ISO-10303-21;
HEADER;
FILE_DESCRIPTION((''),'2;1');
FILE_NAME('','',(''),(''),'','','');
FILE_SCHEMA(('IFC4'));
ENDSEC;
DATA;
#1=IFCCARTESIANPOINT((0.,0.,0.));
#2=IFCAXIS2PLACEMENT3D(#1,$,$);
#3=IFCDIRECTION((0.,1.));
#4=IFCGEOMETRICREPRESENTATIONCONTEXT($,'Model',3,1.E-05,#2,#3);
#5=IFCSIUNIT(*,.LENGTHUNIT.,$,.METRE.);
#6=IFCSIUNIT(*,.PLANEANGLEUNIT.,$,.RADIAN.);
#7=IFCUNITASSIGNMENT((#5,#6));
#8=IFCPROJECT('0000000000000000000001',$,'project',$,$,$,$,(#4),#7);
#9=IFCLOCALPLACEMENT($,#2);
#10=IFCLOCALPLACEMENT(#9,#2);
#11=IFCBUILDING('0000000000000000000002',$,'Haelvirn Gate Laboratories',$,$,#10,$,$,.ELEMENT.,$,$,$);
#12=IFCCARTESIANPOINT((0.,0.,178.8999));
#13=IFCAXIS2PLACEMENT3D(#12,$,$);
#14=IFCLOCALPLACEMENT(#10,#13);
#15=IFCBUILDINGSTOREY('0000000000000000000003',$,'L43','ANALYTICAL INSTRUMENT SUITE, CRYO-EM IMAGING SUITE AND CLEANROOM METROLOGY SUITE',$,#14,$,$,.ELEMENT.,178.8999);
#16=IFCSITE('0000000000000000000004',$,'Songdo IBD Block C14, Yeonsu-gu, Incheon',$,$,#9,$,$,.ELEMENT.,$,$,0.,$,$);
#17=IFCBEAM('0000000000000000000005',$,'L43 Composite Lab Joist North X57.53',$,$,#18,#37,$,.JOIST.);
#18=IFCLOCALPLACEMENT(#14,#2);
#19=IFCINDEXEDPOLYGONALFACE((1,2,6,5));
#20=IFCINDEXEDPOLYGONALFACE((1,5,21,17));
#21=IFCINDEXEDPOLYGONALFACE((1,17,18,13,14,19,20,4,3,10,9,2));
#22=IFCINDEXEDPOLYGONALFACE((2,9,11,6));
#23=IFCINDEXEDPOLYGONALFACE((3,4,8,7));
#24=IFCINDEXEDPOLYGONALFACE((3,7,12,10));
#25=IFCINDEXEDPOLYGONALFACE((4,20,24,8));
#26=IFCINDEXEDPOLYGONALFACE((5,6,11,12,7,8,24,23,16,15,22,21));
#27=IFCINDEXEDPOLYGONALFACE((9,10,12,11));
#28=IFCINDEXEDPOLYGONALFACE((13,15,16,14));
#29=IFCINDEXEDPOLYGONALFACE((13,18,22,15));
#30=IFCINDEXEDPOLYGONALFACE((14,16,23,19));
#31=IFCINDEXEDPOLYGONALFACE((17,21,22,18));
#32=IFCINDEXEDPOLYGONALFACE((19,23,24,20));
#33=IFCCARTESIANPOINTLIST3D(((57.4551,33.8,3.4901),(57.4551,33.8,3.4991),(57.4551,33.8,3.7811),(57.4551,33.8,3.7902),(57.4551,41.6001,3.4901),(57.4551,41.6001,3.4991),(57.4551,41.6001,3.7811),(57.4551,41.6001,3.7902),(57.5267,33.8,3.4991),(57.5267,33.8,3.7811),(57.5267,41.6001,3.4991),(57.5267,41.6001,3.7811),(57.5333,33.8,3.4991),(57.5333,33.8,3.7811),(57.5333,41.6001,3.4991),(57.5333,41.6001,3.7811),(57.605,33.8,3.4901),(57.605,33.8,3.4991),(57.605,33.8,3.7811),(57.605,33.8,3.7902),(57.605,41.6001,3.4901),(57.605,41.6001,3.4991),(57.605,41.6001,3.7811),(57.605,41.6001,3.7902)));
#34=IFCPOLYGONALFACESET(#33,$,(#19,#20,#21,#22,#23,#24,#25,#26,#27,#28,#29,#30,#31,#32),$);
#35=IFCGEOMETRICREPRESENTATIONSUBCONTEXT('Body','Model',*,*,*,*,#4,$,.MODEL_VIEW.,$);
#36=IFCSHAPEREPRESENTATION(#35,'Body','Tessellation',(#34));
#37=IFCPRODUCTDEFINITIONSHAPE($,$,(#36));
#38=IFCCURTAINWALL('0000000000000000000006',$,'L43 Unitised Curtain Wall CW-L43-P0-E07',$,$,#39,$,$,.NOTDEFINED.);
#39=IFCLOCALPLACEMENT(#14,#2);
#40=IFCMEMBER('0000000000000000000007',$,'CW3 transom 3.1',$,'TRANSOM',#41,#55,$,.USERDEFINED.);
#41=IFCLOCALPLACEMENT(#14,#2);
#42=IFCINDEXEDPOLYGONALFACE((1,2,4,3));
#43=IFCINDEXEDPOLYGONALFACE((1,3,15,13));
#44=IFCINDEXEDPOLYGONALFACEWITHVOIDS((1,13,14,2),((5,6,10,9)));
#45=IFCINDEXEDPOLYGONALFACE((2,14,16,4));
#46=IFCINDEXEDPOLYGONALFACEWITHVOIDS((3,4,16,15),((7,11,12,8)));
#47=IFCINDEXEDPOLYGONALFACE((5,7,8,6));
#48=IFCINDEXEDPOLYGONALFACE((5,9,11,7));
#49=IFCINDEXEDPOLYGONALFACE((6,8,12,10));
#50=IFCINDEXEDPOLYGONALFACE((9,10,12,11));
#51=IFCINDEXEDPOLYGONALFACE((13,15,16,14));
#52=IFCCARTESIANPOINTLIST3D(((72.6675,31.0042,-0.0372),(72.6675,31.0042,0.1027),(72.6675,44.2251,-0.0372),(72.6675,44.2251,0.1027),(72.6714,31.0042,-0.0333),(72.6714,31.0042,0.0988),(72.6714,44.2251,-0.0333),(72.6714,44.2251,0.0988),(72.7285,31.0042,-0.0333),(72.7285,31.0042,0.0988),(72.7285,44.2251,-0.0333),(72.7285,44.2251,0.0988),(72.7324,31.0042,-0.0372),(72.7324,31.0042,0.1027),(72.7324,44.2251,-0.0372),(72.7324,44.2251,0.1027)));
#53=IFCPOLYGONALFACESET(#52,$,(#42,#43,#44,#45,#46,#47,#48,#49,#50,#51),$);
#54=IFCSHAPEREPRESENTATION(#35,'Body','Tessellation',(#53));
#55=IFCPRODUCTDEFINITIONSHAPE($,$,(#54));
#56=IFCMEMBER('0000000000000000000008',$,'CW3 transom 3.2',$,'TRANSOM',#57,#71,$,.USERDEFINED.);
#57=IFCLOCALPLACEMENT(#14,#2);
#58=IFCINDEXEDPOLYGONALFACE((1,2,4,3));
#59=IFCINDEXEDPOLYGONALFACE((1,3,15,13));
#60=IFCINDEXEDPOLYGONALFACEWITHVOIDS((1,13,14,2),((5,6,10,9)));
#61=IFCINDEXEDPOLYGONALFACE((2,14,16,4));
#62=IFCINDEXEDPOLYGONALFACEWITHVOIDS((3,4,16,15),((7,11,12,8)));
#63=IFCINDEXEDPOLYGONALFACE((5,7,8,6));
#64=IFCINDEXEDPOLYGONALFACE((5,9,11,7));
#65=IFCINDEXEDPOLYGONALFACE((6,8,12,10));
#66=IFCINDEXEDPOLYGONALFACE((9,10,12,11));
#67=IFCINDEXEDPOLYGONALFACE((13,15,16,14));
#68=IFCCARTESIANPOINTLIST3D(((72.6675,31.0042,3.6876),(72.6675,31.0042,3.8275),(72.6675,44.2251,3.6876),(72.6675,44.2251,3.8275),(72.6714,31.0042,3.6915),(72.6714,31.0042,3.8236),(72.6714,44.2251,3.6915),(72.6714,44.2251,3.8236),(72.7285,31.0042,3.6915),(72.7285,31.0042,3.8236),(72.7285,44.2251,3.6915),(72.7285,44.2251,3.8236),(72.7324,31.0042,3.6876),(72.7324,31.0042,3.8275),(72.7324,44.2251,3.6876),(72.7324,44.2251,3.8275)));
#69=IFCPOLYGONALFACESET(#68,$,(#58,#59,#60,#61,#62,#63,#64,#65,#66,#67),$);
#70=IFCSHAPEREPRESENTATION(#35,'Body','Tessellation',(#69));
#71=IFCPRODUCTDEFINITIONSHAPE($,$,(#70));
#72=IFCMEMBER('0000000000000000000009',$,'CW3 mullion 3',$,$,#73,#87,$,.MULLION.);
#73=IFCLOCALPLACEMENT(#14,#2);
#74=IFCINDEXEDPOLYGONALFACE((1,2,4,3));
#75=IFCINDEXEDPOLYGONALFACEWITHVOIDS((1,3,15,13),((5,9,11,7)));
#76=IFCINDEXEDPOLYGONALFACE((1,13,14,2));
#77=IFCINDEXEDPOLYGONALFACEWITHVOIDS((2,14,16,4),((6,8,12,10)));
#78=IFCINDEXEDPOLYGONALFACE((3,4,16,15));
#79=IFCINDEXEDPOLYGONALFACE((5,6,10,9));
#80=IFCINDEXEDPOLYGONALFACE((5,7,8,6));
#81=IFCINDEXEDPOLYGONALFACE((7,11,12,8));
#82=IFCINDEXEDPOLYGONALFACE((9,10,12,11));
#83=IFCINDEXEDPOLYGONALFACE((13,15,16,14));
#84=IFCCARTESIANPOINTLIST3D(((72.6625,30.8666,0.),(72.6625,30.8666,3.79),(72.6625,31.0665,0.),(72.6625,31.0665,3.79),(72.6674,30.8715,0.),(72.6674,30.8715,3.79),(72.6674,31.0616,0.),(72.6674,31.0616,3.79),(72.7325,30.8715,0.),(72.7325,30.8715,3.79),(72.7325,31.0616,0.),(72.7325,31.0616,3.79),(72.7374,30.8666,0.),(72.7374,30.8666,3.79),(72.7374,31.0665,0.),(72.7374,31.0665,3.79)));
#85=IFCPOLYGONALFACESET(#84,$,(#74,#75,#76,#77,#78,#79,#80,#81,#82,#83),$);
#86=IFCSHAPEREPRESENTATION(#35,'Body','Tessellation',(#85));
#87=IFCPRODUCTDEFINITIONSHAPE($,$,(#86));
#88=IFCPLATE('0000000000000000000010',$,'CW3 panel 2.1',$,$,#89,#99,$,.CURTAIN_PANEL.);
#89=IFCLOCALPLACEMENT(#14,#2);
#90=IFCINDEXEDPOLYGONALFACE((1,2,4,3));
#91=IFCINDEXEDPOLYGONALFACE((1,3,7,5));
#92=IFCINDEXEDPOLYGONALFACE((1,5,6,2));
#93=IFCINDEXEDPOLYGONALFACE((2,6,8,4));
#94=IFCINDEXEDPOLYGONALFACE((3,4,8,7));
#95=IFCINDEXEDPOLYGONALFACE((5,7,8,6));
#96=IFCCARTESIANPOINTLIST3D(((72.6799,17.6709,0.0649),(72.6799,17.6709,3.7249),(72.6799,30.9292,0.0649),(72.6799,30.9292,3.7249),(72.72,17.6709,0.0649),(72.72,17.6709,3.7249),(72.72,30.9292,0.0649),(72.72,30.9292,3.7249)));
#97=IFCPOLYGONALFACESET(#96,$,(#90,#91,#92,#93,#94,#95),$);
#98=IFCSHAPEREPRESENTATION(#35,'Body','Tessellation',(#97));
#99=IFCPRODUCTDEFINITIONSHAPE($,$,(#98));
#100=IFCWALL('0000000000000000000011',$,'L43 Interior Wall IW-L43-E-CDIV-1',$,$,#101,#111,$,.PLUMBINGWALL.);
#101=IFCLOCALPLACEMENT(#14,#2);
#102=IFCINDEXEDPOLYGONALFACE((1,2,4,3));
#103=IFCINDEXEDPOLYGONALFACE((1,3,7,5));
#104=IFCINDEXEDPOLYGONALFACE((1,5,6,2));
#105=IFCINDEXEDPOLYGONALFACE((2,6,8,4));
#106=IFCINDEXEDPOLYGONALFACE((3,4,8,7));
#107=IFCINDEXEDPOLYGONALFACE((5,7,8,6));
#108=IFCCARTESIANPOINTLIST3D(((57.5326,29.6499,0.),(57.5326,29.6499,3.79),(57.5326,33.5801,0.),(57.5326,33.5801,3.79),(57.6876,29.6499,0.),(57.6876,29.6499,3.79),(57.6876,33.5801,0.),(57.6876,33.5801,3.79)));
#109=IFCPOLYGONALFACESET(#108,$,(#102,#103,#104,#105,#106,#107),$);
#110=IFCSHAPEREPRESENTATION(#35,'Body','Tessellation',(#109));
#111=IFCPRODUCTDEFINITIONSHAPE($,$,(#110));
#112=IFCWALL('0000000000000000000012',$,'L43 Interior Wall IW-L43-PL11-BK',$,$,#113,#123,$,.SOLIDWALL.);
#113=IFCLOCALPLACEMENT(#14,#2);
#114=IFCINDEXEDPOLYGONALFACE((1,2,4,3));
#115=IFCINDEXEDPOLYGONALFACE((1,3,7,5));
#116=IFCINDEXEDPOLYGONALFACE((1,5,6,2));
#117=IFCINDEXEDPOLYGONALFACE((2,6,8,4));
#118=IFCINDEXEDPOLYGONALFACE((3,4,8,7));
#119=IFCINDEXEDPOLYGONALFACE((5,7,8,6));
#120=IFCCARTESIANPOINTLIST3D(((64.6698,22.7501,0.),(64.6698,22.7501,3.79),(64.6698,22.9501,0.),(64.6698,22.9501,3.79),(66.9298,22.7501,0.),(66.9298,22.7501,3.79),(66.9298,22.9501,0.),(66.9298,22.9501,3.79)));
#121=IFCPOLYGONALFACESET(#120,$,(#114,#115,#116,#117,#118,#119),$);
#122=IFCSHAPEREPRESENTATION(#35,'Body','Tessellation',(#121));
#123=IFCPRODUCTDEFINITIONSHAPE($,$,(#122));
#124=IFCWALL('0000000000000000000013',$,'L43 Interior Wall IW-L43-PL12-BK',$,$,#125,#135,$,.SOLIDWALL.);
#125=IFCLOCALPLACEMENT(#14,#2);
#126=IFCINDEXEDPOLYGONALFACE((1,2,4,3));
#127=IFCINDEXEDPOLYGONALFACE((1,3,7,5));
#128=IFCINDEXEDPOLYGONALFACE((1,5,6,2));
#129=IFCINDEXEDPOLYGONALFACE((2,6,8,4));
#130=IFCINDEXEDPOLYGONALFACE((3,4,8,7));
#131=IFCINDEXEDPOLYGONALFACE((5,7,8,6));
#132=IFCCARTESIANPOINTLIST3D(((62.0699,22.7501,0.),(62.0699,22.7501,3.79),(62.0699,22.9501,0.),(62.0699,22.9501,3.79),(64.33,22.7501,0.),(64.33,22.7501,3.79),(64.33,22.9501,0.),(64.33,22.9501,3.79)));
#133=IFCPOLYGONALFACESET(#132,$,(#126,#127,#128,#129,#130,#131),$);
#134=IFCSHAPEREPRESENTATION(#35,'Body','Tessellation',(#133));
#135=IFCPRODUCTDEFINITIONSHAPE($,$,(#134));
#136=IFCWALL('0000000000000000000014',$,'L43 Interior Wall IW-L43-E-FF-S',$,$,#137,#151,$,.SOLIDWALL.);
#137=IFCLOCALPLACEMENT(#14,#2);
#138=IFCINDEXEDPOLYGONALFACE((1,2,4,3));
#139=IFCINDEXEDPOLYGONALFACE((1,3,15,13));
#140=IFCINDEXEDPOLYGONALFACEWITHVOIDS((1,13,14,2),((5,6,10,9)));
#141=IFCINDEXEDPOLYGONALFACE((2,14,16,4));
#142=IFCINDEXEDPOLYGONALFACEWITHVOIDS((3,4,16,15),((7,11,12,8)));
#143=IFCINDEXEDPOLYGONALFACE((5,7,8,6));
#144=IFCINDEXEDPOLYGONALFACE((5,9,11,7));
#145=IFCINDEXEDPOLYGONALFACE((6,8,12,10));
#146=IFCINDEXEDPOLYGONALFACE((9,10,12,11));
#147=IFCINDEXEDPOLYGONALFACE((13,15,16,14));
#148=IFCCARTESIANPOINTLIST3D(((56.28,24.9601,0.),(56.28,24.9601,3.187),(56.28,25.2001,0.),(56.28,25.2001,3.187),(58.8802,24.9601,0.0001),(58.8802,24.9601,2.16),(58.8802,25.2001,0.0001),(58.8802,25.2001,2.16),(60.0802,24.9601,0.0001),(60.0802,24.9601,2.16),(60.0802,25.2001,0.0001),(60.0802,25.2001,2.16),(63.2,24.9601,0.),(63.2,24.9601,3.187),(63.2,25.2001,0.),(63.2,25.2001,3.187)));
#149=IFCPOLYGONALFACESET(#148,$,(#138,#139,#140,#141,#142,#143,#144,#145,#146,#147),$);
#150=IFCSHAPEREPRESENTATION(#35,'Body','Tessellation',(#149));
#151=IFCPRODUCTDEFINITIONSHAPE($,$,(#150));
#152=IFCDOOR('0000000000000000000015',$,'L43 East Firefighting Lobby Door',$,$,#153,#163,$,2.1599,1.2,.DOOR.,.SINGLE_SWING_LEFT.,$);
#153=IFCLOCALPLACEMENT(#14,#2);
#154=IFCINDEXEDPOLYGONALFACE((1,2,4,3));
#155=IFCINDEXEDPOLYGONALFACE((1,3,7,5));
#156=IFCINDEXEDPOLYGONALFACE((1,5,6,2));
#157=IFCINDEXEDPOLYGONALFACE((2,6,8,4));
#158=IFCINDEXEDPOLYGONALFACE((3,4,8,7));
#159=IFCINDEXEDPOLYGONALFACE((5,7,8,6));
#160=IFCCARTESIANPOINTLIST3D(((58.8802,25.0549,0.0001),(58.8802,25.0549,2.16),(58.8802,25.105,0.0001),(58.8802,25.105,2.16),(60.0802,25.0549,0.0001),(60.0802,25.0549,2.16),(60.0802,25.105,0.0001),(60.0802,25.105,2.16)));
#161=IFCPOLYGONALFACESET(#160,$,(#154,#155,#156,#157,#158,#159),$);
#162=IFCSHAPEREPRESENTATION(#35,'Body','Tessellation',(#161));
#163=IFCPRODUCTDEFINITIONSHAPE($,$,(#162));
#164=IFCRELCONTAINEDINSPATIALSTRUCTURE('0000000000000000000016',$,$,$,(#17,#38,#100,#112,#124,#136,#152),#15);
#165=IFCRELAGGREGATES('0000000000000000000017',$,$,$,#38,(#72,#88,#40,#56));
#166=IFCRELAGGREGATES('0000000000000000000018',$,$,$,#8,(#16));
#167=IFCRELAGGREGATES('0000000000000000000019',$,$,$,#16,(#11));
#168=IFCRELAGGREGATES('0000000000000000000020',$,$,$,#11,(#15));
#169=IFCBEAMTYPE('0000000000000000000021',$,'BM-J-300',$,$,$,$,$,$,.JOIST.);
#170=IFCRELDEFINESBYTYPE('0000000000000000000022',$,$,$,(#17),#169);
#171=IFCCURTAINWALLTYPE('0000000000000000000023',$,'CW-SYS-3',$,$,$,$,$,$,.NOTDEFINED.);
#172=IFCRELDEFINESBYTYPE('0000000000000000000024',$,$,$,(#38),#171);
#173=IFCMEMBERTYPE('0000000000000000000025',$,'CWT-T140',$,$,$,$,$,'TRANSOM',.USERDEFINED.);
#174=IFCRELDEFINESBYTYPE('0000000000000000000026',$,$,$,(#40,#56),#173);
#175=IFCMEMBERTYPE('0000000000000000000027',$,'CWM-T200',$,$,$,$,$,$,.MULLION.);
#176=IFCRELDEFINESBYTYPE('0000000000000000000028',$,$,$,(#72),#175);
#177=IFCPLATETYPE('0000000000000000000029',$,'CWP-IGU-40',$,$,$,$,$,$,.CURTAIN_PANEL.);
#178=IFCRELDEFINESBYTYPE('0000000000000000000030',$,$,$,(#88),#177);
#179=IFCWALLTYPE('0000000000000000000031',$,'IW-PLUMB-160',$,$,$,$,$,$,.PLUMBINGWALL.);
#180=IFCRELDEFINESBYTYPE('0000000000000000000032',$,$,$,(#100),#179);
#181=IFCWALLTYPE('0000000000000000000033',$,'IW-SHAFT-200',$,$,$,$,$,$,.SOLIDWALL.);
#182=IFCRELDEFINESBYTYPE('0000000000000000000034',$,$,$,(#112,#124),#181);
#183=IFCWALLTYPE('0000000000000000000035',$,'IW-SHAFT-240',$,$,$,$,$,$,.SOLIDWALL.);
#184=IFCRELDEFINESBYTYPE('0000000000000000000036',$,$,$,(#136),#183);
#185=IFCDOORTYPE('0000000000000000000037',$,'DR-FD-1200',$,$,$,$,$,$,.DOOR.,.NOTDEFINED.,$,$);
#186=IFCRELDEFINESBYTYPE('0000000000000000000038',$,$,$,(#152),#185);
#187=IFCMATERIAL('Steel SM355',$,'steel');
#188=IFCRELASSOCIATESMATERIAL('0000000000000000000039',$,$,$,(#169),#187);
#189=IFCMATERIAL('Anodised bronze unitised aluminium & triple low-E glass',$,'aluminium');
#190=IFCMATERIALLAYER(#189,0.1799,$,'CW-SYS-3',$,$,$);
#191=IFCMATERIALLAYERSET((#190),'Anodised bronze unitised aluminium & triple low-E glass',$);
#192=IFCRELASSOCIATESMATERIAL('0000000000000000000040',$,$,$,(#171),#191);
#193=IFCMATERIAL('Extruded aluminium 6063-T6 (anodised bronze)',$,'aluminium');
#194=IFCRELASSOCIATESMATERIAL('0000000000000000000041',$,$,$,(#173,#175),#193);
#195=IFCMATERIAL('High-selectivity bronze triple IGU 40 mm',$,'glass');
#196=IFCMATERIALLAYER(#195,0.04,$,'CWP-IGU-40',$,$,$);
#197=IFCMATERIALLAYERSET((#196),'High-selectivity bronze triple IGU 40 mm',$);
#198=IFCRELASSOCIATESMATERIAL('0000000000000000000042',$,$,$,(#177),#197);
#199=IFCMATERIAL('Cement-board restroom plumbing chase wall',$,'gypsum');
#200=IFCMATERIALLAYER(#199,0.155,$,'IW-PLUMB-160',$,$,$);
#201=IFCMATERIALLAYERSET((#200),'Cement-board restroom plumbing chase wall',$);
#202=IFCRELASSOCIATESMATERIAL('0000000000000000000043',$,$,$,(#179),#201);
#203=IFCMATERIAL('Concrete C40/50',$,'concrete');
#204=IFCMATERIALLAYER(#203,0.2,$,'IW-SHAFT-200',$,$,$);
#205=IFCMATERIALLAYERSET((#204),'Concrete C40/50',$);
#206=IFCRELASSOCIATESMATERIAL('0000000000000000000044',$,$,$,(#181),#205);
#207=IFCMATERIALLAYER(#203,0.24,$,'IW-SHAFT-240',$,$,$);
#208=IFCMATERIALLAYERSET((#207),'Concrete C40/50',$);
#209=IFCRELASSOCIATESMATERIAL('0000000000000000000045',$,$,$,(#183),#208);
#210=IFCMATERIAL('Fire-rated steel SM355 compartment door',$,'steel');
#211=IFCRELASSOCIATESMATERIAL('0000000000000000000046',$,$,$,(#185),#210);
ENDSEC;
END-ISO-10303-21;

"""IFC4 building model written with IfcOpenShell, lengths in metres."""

from ifc_helpers import new_model, si_unit, direction, frame, frame_2d, origin, origin_2d, place, context, subcontext, project, spatial, rectangle, hollow_rectangle, i_section, extrude, source, transform, mapped, material, layer, layer_set, material_profile, profile_set, type_object, type_shapes, element, fill, aggregate, save


model = new_model("IFC4")

# Units and contexts
model_context = context("Model", 3, precision=1e-05, world=origin(), true_north=direction((0.0, 1.0)))
body_context = subcontext(model_context, "Body", "Model", "MODEL_VIEW")
ifc_project = project(units=[si_unit("LENGTHUNIT", "METRE"), si_unit("PLANEANGLEUNIT", "RADIAN")], contexts=[model_context])

# Site, building, storey
site_placement = place(None, origin())
site = spatial("IfcSite", under=ifc_project, at=site_placement, Name="Songdo IBD Block C14, Yeonsu-gu, Incheon", CompositionType="ELEMENT", RefElevation=0.0)
building_placement = place(site_placement, origin())
building = spatial("IfcBuilding", under=site, at=building_placement, Name="Haelvirn Gate Laboratories", CompositionType="ELEMENT")
storey_placement = place(building_placement, frame((0.0, 0.0, 178.8999)))
storey = spatial("IfcBuildingStorey", under=building, at=storey_placement, Name="L43", Description="ANALYTICAL INSTRUMENT SUITE, CRYO-EM IMAGING SUITE AND CLEANROOM METROLOGY SUITE", CompositionType="ELEMENT", Elevation=178.8999)

# Beam
ifc_material_1 = material(Name="Steel SM355", Category="steel")
ifc_material_profile_1 = material_profile(ifc_material_1, i_section(OverallWidth=0.1499, OverallDepth=0.3, WebThickness=0.0066, FlangeThickness=0.009, at=origin_2d()), Name="H-300x150x6.5x9")
ifc_profile_set_1 = profile_set([ifc_material_profile_1], Name="Steel SM355")
beam_type = type_object("IfcBeamType", Name="BM-J-300", PredefinedType="JOIST", material=ifc_profile_set_1)
shared_shape_1 = source(origin(), body_context, "Body", "SweptSolid", [
    extrude(i_section(OverallWidth=0.1499, OverallDepth=0.3, WebThickness=0.0066, FlangeThickness=0.009, at=origin_2d()), origin(), (0.0, 0.0, 1.0), 7.8),
])
type_shapes(beam_type, [shared_shape_1])
beam_placement = place(storey_placement, frame((57.53, 33.8, 3.6401), z_axis=(0.0, 1.0, 0.0), x_axis=(-1.0, 0.0, 0.0)))
element("IfcBeam", 1, at=beam_placement, inside=storey, type_object=beam_type, Name="L43 Composite Lab Joist North X57.53", PredefinedType="JOIST", context=body_context, shape_type="MappedRepresentation", body=[
    mapped(shared_shape_1, transform((0.0, 0.0, 0.0), scale=1.0)),
])

# Curtain wall, members, plate
ifc_material_2 = material(Name="Anodised bronze unitised aluminium & triple low-E glass", Category="aluminium")
ifc_layer_1 = layer(ifc_material_2, 0.1799, Name="CW-SYS-3")
ifc_layer_set_1 = layer_set([ifc_layer_1], Name="Anodised bronze unitised aluminium & triple low-E glass")
curtain_wall_type = type_object("IfcCurtainWallType", Name="CW-SYS-3", PredefinedType="NOTDEFINED", material=ifc_layer_set_1)
curtain_wall_placement = place(storey_placement, origin())
curtain_wall = element("IfcCurtainWall", 2, at=curtain_wall_placement, inside=storey, type_object=curtain_wall_type, Name="L43 Unitised Curtain Wall CW-L43-P0-E07", PredefinedType="NOTDEFINED")
ifc_material_3 = material(Name="Extruded aluminium 6063-T6 (anodised bronze)", Category="aluminium")
ifc_material_profile_2 = material_profile(ifc_material_3, hollow_rectangle(XDim=0.0649, YDim=0.1399, WallThickness=0.0039, at=origin_2d()), Name="CWT-140x65x4")
ifc_profile_set_2 = profile_set([ifc_material_profile_2], Name="Extruded aluminium 6063-T6 (anodised bronze)")
member_type_1 = type_object("IfcMemberType", Name="CWT-T140", ElementType="TRANSOM", PredefinedType="USERDEFINED", material=ifc_profile_set_2)
shared_shape_2 = source(origin(), body_context, "Body", "SweptSolid", [
    extrude(hollow_rectangle(XDim=0.0649, YDim=0.1399, WallThickness=0.0039, at=origin_2d()), origin(), (0.0, 0.0, 1.0), 13.2209),
])
type_shapes(member_type_1, [shared_shape_2])
member_1_placement = place(storey_placement, frame((72.7, 31.0042, 0.0327), z_axis=(0.0, 1.0, 0.0), x_axis=(-1.0, 0.0, 0.0)))
member_1 = element("IfcMember", 3, at=member_1_placement, type_object=member_type_1, Name="CW3 transom 3.1", ObjectType="TRANSOM", PredefinedType="USERDEFINED", context=body_context, shape_type="MappedRepresentation", body=[
    mapped(shared_shape_2, transform((0.0, 0.0, 0.0), scale=1.0)),
])
member_2_placement = place(storey_placement, frame((72.7, 31.0042, 3.7576), z_axis=(0.0, 1.0, 0.0), x_axis=(-1.0, 0.0, 0.0)))
member_2 = element("IfcMember", 4, at=member_2_placement, type_object=member_type_1, Name="CW3 transom 3.2", ObjectType="TRANSOM", PredefinedType="USERDEFINED", context=body_context, shape_type="MappedRepresentation", body=[
    mapped(shared_shape_2, transform((0.0, 0.0, 0.0), scale=1.0)),
])
ifc_material_profile_3 = material_profile(ifc_material_3, hollow_rectangle(XDim=0.075, YDim=0.2, WallThickness=0.0049, at=origin_2d()), Name="CWM-200x75x5")
ifc_profile_set_3 = profile_set([ifc_material_profile_3], Name="Extruded aluminium 6063-T6 (anodised bronze)")
member_type_2 = type_object("IfcMemberType", Name="CWM-T200", PredefinedType="MULLION", material=ifc_profile_set_3)
shared_shape_3 = source(origin(), body_context, "Body", "SweptSolid", [
    extrude(hollow_rectangle(XDim=0.075, YDim=0.2, WallThickness=0.0049, at=origin_2d()), origin(), (0.0, 0.0, 1.0), 3.79),
])
type_shapes(member_type_2, [shared_shape_3])
member_3_placement = place(storey_placement, frame((72.7, 30.9666, 0.0), z_axis=(0.0, 0.0, 1.0), x_axis=(-1.0, 0.0, 0.0)))
member_3 = element("IfcMember", 5, at=member_3_placement, type_object=member_type_2, Name="CW3 mullion 3", PredefinedType="MULLION", context=body_context, shape_type="MappedRepresentation", body=[
    mapped(shared_shape_3, transform((0.0, 0.0, 0.0), scale=1.0)),
])
ifc_material_4 = material(Name="High-selectivity bronze triple IGU 40 mm", Category="glass")
ifc_layer_2 = layer(ifc_material_4, 0.04, Name="CWP-IGU-40")
ifc_layer_set_2 = layer_set([ifc_layer_2], Name="High-selectivity bronze triple IGU 40 mm")
plate_type = type_object("IfcPlateType", Name="CWP-IGU-40", PredefinedType="CURTAIN_PANEL", material=ifc_layer_set_2)
shared_shape_4 = source(origin(), body_context, "Body", "SweptSolid", [
    extrude(rectangle(XDim=13.2583, YDim=0.04, at=origin_2d()), origin(), (0.0, 0.0, 1.0), 3.6599),
])
type_shapes(plate_type, [shared_shape_4])
plate_placement = place(storey_placement, frame((72.7, 24.3, 0.0649), z_axis=(0.0, 0.0, 1.0), x_axis=(0.0, 1.0, 0.0)))
plate = element("IfcPlate", 6, at=plate_placement, type_object=plate_type, Name="CW3 panel 2.1", PredefinedType="CURTAIN_PANEL", context=body_context, shape_type="MappedRepresentation", body=[
    mapped(shared_shape_4, transform((0.0, 0.0, 0.0), scale=1.0)),
])
aggregate(curtain_wall, [member_3, plate, member_1, member_2])

# Walls
ifc_material_5 = material(Name="Cement-board restroom plumbing chase wall", Category="gypsum")
ifc_layer_3 = layer(ifc_material_5, 0.155, Name="IW-PLUMB-160")
ifc_layer_set_3 = layer_set([ifc_layer_3], Name="Cement-board restroom plumbing chase wall")
wall_type_1 = type_object("IfcWallType", Name="IW-PLUMB-160", PredefinedType="PLUMBINGWALL", material=ifc_layer_set_3)
wall_1_placement = place(storey_placement, frame((57.6101, 29.6499, 0.0), z_axis=(0.0, 0.0, 1.0), x_axis=(0.0, 1.0, 0.0)))
element("IfcWall", 7, at=wall_1_placement, inside=storey, type_object=wall_type_1, Name="L43 Interior Wall IW-L43-E-CDIV-1", PredefinedType="PLUMBINGWALL", context=body_context, shape_type="SweptSolid", body=[
    extrude(rectangle(XDim=3.9302, YDim=0.155, at=frame_2d((1.9651, 0.0))), origin(), (0.0, 0.0, 1.0), 3.79),
])
ifc_material_6 = material(Name="Concrete C40/50", Category="concrete")
ifc_layer_4 = layer(ifc_material_6, 0.2, Name="IW-SHAFT-200")
ifc_layer_set_4 = layer_set([ifc_layer_4], Name="Concrete C40/50")
wall_type_2 = type_object("IfcWallType", Name="IW-SHAFT-200", PredefinedType="SOLIDWALL", material=ifc_layer_set_4)
for number, where, z_axis, x_axis, name in (
    (8, (64.6699, 22.8501, 0.0), (0.0, 0.0, 1.0), (1.0, 0.0, 0.0), "L43 Interior Wall IW-L43-PL11-BK"),
    (9, (62.0701, 22.8501, 0.0), (0.0, 0.0, 1.0), (1.0, 0.0, 0.0), "L43 Interior Wall IW-L43-PL12-BK"),
):
    element("IfcWall", number, at=place(storey_placement, frame(where, z_axis=z_axis, x_axis=x_axis)), inside=storey, type_object=wall_type_2, Name=name, PredefinedType="SOLIDWALL", context=body_context, shape_type="SweptSolid", body=[
        extrude(rectangle(XDim=2.26, YDim=0.2, at=frame_2d((1.1299, 0.0))), origin(), (0.0, 0.0, 1.0), 3.79),
    ])

# Wall, opening, door
ifc_layer_5 = layer(ifc_material_6, 0.24, Name="IW-SHAFT-240")
ifc_layer_set_5 = layer_set([ifc_layer_5], Name="Concrete C40/50")
wall_type_3 = type_object("IfcWallType", Name="IW-SHAFT-240", PredefinedType="SOLIDWALL", material=ifc_layer_set_5)
wall_2_placement = place(storey_placement, frame((56.28, 25.0801, 0.0), z_axis=(0.0, 0.0, 1.0), x_axis=(1.0, 0.0, 0.0)))
wall_2 = element("IfcWall", 10, at=wall_2_placement, inside=storey, type_object=wall_type_3, Name="L43 Interior Wall IW-L43-E-FF-S", PredefinedType="SOLIDWALL", context=body_context, shape_type="SweptSolid", body=[
    extrude(rectangle(XDim=6.9199, YDim=0.24, at=frame_2d((3.46, 0.0))), origin(), (0.0, 0.0, 1.0), 3.187),
])
opening_1_placement = place(wall_2_placement, frame((2.6001, 0.0, 0.0)))
opening_1 = element("IfcOpeningElement", 11, at=opening_1_placement, cuts=wall_2, PredefinedType="OPENING", context=body_context, shape_type="SweptSolid", body=[
    extrude(rectangle(XDim=1.2, YDim=2.1599, at=frame_2d((0.6001, 1.0801))), frame((0.0, 0.1299, 0.0), z_axis=(0.0, -1.0, 0.0), x_axis=(1.0, 0.0, 0.0)), (0.0, 0.0, 1.0), 0.26),
])
ifc_material_7 = material(Name="Fire-rated steel SM355 compartment door", Category="steel")
door_type_1 = type_object("IfcDoorType", Name="DR-FD-1200", OperationType="NOTDEFINED", PredefinedType="DOOR", material=ifc_material_7)
shared_shape_5 = source(origin(), body_context, "Body", "SweptSolid", [
    extrude(rectangle(XDim=1.2, YDim=2.1599, at=frame_2d((0.6001, 1.0801))), frame((0.0, 0.0249, 0.0), z_axis=(0.0, -1.0, 0.0), x_axis=(1.0, 0.0, 0.0)), (0.0, 0.0, 1.0), 0.05),
])
type_shapes(door_type_1, [shared_shape_5])
door_1_placement = place(opening_1_placement, origin())
door_1 = element("IfcDoor", 12, at=door_1_placement, inside=storey, type_object=door_type_1, Name="L43 East Firefighting Lobby Door", OperationType="SINGLE_SWING_LEFT", OverallHeight=2.1599, OverallWidth=1.2, PredefinedType="DOOR", context=body_context, shape_type="MappedRepresentation", body=[
    mapped(shared_shape_5, transform((0.0, 0.0, 0.0), scale=1.0)),
])
fill(opening_1, door_1)

save(model, "model.ifc")
